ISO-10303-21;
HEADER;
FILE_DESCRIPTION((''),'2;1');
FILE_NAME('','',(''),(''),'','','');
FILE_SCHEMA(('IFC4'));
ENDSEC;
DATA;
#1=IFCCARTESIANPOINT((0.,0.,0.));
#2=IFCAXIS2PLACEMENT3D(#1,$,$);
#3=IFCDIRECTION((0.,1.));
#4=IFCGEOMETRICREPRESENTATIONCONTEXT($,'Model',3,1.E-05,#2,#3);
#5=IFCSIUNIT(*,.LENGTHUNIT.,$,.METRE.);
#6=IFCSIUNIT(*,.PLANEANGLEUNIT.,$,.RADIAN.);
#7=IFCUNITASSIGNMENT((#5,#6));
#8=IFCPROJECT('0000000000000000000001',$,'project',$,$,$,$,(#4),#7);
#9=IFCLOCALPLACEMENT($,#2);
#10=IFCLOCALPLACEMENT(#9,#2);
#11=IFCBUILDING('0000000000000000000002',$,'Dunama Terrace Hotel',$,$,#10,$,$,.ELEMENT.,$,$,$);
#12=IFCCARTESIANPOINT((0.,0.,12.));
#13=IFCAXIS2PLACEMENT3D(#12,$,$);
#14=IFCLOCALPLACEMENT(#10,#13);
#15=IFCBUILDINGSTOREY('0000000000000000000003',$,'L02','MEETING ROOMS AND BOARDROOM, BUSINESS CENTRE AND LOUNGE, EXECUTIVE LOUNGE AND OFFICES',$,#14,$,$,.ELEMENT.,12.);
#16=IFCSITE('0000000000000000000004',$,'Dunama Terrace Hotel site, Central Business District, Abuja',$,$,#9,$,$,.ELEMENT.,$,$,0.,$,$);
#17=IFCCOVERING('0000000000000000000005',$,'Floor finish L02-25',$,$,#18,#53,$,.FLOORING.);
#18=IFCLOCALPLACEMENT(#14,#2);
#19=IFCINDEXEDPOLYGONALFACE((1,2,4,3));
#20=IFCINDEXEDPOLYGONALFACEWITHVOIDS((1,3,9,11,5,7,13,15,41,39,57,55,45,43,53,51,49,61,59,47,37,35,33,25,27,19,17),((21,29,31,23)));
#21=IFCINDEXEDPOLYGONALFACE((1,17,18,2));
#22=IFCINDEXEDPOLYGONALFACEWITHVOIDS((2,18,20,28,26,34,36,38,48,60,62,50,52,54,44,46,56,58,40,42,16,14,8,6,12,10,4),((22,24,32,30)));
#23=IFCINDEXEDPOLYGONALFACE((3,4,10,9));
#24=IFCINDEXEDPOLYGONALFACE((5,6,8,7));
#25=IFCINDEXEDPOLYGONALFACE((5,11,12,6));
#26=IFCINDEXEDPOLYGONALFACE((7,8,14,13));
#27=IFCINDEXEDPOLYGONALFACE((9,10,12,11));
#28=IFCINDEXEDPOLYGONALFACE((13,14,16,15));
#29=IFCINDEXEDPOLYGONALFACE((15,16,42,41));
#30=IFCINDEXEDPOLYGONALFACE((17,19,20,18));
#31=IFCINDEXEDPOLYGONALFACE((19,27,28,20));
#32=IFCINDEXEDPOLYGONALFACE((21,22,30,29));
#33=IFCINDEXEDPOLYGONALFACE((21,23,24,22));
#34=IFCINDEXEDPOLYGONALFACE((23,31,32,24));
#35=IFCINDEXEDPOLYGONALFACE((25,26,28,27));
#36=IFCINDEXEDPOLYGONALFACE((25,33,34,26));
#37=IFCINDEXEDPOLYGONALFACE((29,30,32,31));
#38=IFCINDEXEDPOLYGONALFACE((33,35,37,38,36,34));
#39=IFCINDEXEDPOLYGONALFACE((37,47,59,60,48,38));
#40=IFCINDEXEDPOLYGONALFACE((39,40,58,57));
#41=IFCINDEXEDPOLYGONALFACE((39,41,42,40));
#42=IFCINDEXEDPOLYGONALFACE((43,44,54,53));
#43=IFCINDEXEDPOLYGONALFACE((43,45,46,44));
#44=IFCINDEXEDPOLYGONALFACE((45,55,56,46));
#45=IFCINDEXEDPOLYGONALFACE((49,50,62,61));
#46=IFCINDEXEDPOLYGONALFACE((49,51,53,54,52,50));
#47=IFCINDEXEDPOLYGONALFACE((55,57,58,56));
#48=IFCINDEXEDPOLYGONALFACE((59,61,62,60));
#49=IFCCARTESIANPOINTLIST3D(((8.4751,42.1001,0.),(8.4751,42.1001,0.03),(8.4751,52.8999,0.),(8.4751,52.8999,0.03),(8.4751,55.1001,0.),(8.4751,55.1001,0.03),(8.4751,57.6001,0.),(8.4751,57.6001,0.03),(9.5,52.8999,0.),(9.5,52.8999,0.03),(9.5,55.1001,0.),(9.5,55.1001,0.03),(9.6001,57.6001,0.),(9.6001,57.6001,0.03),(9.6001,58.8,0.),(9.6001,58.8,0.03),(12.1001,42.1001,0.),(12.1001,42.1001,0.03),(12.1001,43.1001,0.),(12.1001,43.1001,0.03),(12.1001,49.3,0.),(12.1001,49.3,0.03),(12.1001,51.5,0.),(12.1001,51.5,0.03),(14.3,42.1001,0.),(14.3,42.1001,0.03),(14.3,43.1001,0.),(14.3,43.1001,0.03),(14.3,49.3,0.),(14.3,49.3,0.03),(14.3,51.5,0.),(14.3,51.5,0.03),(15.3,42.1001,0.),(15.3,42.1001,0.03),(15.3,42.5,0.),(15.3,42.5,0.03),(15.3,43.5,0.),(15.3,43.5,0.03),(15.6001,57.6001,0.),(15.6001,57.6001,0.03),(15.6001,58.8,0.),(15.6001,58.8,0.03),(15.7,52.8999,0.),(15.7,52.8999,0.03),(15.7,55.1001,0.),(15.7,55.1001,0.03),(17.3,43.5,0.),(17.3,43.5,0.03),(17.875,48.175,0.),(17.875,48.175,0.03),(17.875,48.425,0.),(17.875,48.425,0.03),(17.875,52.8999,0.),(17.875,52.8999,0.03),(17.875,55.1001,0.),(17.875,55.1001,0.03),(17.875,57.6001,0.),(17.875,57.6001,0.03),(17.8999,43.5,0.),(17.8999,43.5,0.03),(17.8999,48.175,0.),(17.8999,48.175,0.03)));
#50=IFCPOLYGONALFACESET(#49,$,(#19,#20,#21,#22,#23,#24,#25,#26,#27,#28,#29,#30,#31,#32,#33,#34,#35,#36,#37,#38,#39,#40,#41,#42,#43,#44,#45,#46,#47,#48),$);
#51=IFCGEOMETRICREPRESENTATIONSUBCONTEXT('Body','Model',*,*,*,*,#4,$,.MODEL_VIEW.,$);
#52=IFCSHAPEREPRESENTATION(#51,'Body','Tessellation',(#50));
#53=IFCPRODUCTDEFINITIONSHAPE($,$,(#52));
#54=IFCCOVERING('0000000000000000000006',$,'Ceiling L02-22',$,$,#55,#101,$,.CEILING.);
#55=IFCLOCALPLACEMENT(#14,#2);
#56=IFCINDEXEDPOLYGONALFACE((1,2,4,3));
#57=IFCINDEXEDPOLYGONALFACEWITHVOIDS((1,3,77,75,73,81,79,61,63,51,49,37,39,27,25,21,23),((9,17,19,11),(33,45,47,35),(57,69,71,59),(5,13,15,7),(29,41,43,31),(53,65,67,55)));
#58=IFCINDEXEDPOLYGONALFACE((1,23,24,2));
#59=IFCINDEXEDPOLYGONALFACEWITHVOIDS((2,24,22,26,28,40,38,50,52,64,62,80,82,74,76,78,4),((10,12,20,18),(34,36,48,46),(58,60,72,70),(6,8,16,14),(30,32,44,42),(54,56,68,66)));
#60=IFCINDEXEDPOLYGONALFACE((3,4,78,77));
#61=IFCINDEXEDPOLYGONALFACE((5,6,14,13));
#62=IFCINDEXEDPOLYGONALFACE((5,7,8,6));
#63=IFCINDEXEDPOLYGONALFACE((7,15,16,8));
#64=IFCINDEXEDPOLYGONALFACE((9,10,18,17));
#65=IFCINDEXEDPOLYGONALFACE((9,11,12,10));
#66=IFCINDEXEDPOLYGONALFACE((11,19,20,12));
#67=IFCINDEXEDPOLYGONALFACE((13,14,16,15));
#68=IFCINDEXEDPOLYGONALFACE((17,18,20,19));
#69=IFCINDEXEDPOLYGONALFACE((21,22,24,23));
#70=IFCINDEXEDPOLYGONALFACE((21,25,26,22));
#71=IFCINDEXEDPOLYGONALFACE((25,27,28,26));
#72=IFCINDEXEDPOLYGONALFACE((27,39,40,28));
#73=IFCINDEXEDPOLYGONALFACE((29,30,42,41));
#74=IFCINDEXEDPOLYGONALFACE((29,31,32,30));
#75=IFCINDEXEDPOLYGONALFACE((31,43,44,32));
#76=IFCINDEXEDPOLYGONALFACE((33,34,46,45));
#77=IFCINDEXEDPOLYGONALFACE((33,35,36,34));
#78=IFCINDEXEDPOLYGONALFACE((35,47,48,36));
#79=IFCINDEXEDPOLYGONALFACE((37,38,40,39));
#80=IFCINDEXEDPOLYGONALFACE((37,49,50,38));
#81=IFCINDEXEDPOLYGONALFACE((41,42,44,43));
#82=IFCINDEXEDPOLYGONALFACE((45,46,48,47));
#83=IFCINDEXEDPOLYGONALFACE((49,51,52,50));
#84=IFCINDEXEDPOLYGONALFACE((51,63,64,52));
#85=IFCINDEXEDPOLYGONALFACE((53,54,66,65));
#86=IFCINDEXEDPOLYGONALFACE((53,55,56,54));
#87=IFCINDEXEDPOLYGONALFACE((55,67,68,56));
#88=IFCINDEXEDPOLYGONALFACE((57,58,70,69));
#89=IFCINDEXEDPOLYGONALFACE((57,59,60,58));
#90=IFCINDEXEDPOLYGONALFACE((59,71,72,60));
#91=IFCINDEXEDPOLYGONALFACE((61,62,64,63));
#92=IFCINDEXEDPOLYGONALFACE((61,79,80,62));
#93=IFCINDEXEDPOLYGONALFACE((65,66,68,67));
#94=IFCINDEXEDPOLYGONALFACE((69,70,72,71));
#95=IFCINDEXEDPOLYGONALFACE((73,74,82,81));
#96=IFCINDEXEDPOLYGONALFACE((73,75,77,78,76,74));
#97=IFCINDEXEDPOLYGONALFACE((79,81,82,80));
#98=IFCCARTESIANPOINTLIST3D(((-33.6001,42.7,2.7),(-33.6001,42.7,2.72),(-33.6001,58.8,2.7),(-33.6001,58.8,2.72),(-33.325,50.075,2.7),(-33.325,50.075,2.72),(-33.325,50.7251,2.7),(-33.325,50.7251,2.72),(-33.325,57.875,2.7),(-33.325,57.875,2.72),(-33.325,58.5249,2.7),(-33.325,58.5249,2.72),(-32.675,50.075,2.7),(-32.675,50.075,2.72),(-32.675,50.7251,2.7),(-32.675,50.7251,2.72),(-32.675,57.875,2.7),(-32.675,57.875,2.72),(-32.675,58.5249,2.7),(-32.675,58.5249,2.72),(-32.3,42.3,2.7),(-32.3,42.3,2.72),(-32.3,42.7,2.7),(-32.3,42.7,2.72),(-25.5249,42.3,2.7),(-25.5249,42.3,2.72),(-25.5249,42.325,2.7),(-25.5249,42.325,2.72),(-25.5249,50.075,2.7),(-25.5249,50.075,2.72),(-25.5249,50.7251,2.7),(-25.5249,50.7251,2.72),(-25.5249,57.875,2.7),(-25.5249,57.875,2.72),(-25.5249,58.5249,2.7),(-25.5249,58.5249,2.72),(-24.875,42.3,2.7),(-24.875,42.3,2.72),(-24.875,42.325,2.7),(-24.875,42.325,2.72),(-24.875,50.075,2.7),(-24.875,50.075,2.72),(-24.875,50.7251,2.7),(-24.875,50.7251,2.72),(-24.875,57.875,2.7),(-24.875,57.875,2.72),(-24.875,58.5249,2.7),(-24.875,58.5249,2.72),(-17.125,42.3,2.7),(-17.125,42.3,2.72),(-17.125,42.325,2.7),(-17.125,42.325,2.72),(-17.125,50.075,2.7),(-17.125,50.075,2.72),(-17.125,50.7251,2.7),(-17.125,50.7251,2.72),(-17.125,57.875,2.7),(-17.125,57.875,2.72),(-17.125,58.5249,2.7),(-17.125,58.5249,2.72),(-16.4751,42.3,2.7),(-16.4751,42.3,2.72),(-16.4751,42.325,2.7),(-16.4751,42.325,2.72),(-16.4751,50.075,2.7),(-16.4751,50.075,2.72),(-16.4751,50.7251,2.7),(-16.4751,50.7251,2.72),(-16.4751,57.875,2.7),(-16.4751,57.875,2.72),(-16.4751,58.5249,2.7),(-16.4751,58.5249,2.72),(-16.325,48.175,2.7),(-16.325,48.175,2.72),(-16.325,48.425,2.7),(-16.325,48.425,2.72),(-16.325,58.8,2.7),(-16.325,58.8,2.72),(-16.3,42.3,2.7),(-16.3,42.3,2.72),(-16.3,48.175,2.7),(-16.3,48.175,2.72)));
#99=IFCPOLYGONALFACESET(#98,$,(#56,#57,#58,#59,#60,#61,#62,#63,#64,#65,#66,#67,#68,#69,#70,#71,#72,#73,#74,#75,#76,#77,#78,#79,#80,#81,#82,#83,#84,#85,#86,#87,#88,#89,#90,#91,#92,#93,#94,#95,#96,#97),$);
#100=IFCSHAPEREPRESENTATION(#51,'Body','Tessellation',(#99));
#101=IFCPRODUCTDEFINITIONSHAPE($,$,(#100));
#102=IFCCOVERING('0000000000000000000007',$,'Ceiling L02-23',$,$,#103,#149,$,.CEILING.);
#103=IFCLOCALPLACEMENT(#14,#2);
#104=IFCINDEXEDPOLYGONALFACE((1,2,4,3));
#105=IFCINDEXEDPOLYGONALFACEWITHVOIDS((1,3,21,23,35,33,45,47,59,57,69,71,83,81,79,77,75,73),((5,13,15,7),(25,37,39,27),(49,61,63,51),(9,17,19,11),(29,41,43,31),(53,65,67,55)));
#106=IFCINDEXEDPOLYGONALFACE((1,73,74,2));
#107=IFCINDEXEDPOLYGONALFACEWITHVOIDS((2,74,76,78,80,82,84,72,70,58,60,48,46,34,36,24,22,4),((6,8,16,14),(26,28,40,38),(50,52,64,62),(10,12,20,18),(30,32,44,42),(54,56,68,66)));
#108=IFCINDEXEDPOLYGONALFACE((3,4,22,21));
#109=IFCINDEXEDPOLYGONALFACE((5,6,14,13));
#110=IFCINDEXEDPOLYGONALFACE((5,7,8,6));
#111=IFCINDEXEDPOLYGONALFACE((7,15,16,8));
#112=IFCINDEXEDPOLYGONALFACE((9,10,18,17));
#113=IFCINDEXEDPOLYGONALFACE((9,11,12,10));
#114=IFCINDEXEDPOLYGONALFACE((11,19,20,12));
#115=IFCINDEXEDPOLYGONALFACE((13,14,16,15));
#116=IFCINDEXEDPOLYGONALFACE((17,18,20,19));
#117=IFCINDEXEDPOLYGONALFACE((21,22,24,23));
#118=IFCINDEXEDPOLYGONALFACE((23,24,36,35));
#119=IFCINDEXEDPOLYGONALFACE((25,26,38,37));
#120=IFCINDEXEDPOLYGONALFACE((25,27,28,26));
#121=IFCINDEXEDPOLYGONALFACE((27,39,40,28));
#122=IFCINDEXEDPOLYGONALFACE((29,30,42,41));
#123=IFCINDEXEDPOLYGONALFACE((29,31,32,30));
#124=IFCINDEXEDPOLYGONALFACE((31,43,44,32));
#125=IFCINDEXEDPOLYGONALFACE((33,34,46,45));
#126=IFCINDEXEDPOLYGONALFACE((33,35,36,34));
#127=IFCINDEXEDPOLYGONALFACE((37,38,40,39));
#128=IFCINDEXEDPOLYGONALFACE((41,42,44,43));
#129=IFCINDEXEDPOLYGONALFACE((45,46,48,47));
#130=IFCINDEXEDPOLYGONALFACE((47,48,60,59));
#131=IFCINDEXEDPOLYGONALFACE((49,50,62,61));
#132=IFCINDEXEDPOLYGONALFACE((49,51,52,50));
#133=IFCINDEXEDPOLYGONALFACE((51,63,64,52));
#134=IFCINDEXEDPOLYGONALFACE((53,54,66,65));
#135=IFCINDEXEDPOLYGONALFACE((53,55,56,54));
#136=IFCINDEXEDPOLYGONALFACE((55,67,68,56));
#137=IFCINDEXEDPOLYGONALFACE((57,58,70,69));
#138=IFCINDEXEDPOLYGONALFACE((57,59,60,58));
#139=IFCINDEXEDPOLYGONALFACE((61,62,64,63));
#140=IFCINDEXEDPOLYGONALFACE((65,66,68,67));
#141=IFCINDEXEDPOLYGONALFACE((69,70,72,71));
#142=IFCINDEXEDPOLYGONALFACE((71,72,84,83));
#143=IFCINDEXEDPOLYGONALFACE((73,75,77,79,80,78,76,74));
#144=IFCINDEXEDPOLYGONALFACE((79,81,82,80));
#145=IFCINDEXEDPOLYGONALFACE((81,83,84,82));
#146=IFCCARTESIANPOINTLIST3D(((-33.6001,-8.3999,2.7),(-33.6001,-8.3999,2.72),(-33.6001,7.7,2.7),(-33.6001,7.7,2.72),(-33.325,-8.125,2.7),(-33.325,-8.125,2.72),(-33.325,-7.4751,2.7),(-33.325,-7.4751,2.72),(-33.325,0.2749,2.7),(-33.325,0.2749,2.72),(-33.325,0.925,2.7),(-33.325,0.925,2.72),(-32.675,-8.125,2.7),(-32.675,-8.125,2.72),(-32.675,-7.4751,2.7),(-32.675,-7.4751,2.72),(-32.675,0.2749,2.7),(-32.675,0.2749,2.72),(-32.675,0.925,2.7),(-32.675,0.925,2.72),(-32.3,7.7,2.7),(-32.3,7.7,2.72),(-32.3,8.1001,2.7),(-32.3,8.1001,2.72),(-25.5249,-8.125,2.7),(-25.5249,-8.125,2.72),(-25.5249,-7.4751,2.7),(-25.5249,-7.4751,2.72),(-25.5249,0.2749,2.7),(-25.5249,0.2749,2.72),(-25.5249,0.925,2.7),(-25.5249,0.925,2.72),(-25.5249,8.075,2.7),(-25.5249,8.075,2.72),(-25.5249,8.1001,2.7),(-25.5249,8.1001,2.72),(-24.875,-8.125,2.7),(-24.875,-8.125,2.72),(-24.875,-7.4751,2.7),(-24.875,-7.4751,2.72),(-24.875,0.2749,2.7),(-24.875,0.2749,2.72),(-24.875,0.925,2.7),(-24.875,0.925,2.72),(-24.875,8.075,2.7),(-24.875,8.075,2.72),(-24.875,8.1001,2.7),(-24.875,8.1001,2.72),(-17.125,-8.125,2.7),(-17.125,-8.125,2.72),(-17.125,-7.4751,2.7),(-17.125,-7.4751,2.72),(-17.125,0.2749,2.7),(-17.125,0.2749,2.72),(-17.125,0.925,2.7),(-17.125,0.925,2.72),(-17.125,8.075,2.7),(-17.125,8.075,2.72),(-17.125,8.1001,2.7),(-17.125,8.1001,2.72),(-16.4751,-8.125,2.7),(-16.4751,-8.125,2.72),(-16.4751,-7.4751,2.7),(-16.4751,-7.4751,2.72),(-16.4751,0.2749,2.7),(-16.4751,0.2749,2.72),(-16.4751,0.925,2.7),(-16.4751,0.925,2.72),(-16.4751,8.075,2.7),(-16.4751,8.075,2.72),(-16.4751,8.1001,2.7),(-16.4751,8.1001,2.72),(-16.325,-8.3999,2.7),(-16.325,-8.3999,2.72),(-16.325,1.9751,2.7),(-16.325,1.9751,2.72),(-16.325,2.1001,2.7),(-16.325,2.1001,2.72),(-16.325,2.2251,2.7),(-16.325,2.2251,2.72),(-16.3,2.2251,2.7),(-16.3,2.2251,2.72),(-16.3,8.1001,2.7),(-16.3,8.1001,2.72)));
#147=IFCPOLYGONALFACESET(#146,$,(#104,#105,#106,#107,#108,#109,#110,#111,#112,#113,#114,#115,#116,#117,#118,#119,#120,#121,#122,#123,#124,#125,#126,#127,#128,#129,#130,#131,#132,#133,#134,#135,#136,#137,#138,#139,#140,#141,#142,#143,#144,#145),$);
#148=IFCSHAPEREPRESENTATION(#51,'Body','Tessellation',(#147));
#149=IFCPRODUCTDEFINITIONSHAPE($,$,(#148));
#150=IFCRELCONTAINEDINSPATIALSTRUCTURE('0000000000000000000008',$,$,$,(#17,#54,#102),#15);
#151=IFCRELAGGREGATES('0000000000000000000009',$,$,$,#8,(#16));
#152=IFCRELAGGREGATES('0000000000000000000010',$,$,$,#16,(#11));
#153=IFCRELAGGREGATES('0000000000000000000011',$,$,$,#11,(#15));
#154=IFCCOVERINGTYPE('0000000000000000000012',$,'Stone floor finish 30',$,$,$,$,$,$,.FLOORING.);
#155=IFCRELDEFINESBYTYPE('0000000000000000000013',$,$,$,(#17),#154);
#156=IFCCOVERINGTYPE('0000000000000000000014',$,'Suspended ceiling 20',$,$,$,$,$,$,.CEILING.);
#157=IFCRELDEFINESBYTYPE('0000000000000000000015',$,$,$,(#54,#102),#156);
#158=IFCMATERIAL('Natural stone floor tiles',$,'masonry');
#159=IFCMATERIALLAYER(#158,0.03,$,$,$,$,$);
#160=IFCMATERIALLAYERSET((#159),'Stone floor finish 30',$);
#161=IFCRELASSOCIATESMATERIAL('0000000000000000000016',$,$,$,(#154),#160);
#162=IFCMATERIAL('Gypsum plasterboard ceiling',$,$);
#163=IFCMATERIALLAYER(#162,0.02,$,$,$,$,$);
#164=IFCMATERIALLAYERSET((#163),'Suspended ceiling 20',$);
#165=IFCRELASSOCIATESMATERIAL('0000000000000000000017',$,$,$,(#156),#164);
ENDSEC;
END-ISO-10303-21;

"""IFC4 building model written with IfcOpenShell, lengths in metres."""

from ifc_helpers import new_model, si_unit, direction, frame, origin, place, context, subcontext, project, spatial, polyline, outline, extrude, material, layer, layer_set, type_object, element, save


model = new_model("IFC4")

# Units and contexts
model_context = context("Model", 3, precision=1e-05, world=origin(), true_north=direction((0.0, 1.0)))
body_context = subcontext(model_context, "Body", "Model", "MODEL_VIEW")
ifc_project = project(units=[si_unit("LENGTHUNIT", "METRE"), si_unit("PLANEANGLEUNIT", "RADIAN")], contexts=[model_context])

# Site, building, storey
site_placement = place(None, origin())
site = spatial("IfcSite", under=ifc_project, at=site_placement, Name="Dunama Terrace Hotel site, Central Business District, Abuja", CompositionType="ELEMENT", RefElevation=0.0)
building_placement = place(site_placement, origin())
building = spatial("IfcBuilding", under=site, at=building_placement, Name="Dunama Terrace Hotel", CompositionType="ELEMENT")
storey_placement = place(building_placement, frame((0.0, 0.0, 12.0)))
storey = spatial("IfcBuildingStorey", under=building, at=storey_placement, Name="L02", Description="MEETING ROOMS AND BOARDROOM, BUSINESS CENTRE AND LOUNGE, EXECUTIVE LOUNGE AND OFFICES", CompositionType="ELEMENT", Elevation=12.0)

# Coverings
ifc_material_1 = material(Name="Natural stone floor tiles", Category="masonry")
ifc_layer_1 = layer(ifc_material_1, 0.03)
ifc_layer_set_1 = layer_set([ifc_layer_1], Name="Stone floor finish 30")
covering_type_1 = type_object("IfcCoveringType", Name="Stone floor finish 30", PredefinedType="FLOORING", material=ifc_layer_set_1)
covering_1_placement = place(storey_placement, origin())
element("IfcCovering", 1, at=covering_1_placement, inside=storey, type_object=covering_type_1, Name="Floor finish L02-25", PredefinedType="FLOORING", context=body_context, shape_type="SweptSolid", body=[
    extrude(outline(polyline([(15.6001, 58.8), (9.6001, 58.8), (9.6001, 57.6001), (8.4751, 57.6001), (8.4751, 55.1001), (9.5, 55.1001), (9.5, 52.8999), (8.4751, 52.8999), (8.4751, 42.1001), (12.1001, 42.1001), (12.1001, 43.1001), (14.3, 43.1001), (14.3, 42.1001), (15.3, 42.1001), (15.3, 42.5), (15.3, 43.5), (17.3, 43.5), (17.8999, 43.5), (17.8999, 48.175), (17.875, 48.175), (17.875, 48.425), (17.875, 52.8999), (15.7, 52.8999), (15.7, 55.1001), (17.875, 55.1001), (17.875, 57.6001), (15.6001, 57.6001), (15.6001, 58.8)]), holes=[polyline([(14.3, 51.5), (14.3, 49.3), (12.1001, 49.3), (12.1001, 51.5), (14.3, 51.5)])]), origin(), (0.0, 0.0, 1.0), 0.03),
])
ifc_material_2 = material(Name="Gypsum plasterboard ceiling")
ifc_layer_2 = layer(ifc_material_2, 0.02)
ifc_layer_set_2 = layer_set([ifc_layer_2], Name="Suspended ceiling 20")
covering_type_2 = type_object("IfcCoveringType", Name="Suspended ceiling 20", PredefinedType="CEILING", material=ifc_layer_set_2)
covering_2_placement = place(storey_placement, frame((0.0, 0.0, 2.7)))
element("IfcCovering", 2, at=covering_2_placement, inside=storey, type_object=covering_type_2, Name="Ceiling L02-22", PredefinedType="CEILING", context=body_context, shape_type="SweptSolid", body=[
    extrude(outline(polyline([(-16.325, 58.8), (-33.6001, 58.8), (-33.6001, 42.7), (-32.3, 42.7), (-32.3, 42.3), (-25.5249, 42.3), (-25.5249, 42.325), (-24.875, 42.325), (-24.875, 42.3), (-17.125, 42.3), (-17.125, 42.325), (-16.4751, 42.325), (-16.4751, 42.3), (-16.3, 42.3), (-16.3, 48.175), (-16.325, 48.175), (-16.325, 48.425), (-16.325, 58.8)]), holes=[polyline([(-17.125, 50.7251), (-16.4751, 50.7251), (-16.4751, 50.075), (-17.125, 50.075), (-17.125, 50.7251)]), polyline([(-33.325, 50.7251), (-32.675, 50.7251), (-32.675, 50.075), (-33.325, 50.075), (-33.325, 50.7251)]), polyline([(-25.5249, 50.7251), (-24.875, 50.7251), (-24.875, 50.075), (-25.5249, 50.075), (-25.5249, 50.7251)]), polyline([(-33.325, 57.875), (-33.325, 58.5249), (-32.675, 58.5249), (-32.675, 57.875), (-33.325, 57.875)]), polyline([(-17.125, 58.5249), (-16.4751, 58.5249), (-16.4751, 57.875), (-17.125, 57.875), (-17.125, 58.5249)]), polyline([(-25.5249, 57.875), (-25.5249, 58.5249), (-24.875, 58.5249), (-24.875, 57.875), (-25.5249, 57.875)])]), origin(), (0.0, 0.0, 1.0), 0.02),
])
covering_3_placement = place(storey_placement, frame((0.0, 0.0, 2.7)))
element("IfcCovering", 3, at=covering_3_placement, inside=storey, type_object=covering_type_2, Name="Ceiling L02-23", PredefinedType="CEILING", context=body_context, shape_type="SweptSolid", body=[
    extrude(outline(polyline([(-33.6001, 7.7), (-33.6001, -8.3999), (-16.325, -8.3999), (-16.325, 1.9751), (-16.325, 2.1001), (-16.325, 2.2251), (-16.3, 2.2251), (-16.3, 8.1001), (-16.4751, 8.1001), (-16.4751, 8.075), (-17.125, 8.075), (-17.125, 8.1001), (-24.875, 8.1001), (-24.875, 8.075), (-25.5249, 8.075), (-25.5249, 8.1001), (-32.3, 8.1001), (-32.3, 7.7), (-33.6001, 7.7)]), holes=[polyline([(-33.325, -7.4751), (-32.675, -7.4751), (-32.675, -8.125), (-33.325, -8.125), (-33.325, -7.4751)]), polyline([(-17.125, -7.4751), (-16.4751, -7.4751), (-16.4751, -8.125), (-17.125, -8.125), (-17.125, -7.4751)]), polyline([(-25.5249, -8.125), (-25.5249, -7.4751), (-24.875, -7.4751), (-24.875, -8.125), (-25.5249, -8.125)]), polyline([(-33.325, 0.925), (-32.675, 0.925), (-32.675, 0.2749), (-33.325, 0.2749), (-33.325, 0.925)]), polyline([(-17.125, 0.925), (-16.4751, 0.925), (-16.4751, 0.2749), (-17.125, 0.2749), (-17.125, 0.925)]), polyline([(-25.5249, 0.2749), (-25.5249, 0.925), (-24.875, 0.925), (-24.875, 0.2749), (-25.5249, 0.2749)])]), origin(), (0.0, 0.0, 1.0), 0.02),
])

save(model, "model.ifc")
